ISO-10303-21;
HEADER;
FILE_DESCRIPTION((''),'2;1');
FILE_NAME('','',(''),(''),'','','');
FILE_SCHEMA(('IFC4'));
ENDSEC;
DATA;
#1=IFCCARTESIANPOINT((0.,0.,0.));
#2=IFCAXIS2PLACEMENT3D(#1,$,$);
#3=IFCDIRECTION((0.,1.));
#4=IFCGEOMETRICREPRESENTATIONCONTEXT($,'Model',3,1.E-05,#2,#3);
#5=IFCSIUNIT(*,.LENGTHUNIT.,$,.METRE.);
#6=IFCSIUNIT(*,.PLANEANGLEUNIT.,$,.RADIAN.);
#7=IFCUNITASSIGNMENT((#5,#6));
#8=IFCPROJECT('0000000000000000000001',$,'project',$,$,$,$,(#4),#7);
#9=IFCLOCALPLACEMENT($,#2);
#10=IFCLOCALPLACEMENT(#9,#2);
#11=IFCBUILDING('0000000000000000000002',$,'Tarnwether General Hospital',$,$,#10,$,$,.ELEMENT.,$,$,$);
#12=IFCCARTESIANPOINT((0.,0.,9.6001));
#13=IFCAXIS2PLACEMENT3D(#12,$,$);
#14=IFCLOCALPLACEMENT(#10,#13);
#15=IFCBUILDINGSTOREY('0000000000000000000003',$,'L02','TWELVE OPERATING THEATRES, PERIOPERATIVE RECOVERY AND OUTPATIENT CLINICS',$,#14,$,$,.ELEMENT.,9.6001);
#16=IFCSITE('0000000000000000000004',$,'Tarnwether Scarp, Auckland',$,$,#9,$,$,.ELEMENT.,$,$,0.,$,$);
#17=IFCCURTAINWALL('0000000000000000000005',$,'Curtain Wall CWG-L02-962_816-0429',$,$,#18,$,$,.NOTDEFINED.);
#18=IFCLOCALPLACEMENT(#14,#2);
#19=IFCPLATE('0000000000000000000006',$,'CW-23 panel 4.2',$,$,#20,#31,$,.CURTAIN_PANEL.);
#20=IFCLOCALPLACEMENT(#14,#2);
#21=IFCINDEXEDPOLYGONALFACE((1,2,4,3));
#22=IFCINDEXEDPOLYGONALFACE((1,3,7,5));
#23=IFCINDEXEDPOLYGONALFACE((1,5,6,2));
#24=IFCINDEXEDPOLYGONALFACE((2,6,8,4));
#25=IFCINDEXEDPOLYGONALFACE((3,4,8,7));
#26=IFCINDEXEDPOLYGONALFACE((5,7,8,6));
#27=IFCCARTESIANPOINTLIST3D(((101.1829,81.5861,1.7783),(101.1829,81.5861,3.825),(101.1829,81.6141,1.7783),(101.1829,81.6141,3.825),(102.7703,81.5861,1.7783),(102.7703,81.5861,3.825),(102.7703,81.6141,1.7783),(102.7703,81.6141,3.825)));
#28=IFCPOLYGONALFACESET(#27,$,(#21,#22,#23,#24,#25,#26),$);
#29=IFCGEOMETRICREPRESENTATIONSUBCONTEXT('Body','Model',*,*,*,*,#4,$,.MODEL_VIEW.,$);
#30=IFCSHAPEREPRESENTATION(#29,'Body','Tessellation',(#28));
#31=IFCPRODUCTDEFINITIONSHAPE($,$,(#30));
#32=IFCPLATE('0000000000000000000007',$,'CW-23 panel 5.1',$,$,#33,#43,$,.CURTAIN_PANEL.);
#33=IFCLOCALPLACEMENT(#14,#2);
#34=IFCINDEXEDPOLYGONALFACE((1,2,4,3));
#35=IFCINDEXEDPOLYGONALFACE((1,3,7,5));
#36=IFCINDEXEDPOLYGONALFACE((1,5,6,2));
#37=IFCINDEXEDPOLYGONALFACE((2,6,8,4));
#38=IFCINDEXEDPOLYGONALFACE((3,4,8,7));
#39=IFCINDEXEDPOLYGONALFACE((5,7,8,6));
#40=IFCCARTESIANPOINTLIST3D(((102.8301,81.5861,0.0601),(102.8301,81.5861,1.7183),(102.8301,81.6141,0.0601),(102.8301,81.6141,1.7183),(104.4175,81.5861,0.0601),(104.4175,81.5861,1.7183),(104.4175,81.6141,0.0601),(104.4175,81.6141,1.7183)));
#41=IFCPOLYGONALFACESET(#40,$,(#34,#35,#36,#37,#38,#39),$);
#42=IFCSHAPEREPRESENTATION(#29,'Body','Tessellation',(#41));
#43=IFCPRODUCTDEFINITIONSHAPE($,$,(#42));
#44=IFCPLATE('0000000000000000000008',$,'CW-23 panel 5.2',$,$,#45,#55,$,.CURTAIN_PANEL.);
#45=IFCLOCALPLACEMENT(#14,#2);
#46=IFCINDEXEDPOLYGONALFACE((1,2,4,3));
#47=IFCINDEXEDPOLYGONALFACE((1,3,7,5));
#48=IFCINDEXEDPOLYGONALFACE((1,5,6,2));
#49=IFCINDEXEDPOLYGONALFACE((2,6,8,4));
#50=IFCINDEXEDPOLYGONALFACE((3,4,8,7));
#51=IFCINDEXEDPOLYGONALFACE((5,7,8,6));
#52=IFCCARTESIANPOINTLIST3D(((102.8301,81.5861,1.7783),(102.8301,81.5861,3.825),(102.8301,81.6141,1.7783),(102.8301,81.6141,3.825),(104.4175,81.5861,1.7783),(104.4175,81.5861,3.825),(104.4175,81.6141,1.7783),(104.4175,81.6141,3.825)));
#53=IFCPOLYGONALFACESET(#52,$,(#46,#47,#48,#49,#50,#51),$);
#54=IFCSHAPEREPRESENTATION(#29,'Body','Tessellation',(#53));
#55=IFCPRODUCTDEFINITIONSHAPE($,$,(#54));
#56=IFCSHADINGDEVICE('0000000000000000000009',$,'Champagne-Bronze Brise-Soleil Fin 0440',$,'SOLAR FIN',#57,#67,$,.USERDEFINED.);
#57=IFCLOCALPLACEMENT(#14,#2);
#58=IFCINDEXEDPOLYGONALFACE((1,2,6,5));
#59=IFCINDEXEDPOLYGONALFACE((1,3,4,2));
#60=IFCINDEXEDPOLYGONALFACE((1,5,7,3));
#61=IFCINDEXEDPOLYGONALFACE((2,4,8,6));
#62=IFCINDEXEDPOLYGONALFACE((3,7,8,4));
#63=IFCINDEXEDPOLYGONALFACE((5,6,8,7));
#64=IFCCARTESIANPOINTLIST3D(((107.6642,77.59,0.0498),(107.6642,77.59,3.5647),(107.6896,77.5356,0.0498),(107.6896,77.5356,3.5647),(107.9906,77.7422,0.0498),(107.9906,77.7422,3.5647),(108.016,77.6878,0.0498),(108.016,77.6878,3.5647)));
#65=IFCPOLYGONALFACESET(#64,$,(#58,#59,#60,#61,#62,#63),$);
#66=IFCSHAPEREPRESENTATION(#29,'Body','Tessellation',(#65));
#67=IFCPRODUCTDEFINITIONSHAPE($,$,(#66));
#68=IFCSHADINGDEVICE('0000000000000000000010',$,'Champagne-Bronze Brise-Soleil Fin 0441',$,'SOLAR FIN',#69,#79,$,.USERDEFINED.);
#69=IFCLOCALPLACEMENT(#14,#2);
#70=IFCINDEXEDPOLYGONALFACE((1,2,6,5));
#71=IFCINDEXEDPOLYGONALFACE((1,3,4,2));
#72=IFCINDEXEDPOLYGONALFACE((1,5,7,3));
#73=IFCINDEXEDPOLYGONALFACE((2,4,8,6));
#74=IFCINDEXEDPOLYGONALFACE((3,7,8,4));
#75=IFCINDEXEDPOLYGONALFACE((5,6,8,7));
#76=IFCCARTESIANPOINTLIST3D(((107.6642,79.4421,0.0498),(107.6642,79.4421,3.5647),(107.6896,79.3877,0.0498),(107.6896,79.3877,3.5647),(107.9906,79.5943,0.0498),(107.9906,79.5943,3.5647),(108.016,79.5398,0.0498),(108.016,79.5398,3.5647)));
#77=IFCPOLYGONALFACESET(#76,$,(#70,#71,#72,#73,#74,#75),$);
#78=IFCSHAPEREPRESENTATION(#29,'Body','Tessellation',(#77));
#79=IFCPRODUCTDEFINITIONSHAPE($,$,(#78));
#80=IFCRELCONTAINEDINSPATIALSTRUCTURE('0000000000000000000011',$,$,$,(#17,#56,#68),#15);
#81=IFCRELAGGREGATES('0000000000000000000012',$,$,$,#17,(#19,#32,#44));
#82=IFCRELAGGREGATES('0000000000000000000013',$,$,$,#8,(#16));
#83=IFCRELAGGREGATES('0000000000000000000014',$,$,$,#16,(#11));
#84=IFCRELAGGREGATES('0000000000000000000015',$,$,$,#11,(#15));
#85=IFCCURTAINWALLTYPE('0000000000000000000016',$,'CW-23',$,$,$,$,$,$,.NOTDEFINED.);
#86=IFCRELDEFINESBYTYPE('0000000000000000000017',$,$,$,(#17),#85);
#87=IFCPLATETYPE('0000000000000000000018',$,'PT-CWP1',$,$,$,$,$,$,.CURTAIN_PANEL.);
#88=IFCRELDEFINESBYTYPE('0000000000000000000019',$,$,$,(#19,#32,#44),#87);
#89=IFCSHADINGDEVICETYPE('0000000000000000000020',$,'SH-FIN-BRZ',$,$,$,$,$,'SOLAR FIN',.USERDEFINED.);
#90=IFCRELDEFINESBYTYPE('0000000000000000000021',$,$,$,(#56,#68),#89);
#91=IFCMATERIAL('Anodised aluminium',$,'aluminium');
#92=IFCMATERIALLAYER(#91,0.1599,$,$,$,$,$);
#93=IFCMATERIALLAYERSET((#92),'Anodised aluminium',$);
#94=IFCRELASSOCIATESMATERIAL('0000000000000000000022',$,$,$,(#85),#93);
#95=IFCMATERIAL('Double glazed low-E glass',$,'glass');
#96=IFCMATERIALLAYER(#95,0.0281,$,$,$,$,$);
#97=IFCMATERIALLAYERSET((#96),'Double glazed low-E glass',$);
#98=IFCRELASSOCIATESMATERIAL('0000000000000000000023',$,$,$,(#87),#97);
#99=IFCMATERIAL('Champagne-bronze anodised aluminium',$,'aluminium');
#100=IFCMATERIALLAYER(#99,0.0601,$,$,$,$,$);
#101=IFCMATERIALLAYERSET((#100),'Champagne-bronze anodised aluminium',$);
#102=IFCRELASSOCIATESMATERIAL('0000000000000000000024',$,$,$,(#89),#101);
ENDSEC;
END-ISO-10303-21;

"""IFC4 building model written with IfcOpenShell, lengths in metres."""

from ifc_helpers import new_model, si_unit, direction, frame, origin, origin_2d, place, context, subcontext, project, spatial, rectangle, extrude, material, layer, layer_set, type_object, element, aggregate, save


model = new_model("IFC4")

# Units and contexts
model_context = context("Model", 3, precision=1e-05, world=origin(), true_north=direction((0.0, 1.0)))
body_context = subcontext(model_context, "Body", "Model", "MODEL_VIEW")
ifc_project = project(units=[si_unit("LENGTHUNIT", "METRE"), si_unit("PLANEANGLEUNIT", "RADIAN")], contexts=[model_context])

# Site, building, storey
site_placement = place(None, origin())
site = spatial("IfcSite", under=ifc_project, at=site_placement, Name="Tarnwether Scarp, Auckland", CompositionType="ELEMENT", RefElevation=0.0)
building_placement = place(site_placement, origin())
building = spatial("IfcBuilding", under=site, at=building_placement, Name="Tarnwether General Hospital", CompositionType="ELEMENT")
storey_placement = place(building_placement, frame((0.0, 0.0, 9.6001)))
storey = spatial("IfcBuildingStorey", under=building, at=storey_placement, Name="L02", Description="TWELVE OPERATING THEATRES, PERIOPERATIVE RECOVERY AND OUTPATIENT CLINICS", CompositionType="ELEMENT", Elevation=9.6001)

# Curtain wall
ifc_material_1 = material(Name="Anodised aluminium", Category="aluminium")
ifc_layer_1 = layer(ifc_material_1, 0.1599)
ifc_layer_set_1 = layer_set([ifc_layer_1], Name="Anodised aluminium")
curtain_wall_type_1 = type_object("IfcCurtainWallType", Name="CW-23", PredefinedType="NOTDEFINED", material=ifc_layer_set_1)
curtain_wall_1_placement = place(storey_placement, origin())
curtain_wall_1 = element("IfcCurtainWall", 1, at=curtain_wall_1_placement, inside=storey, type_object=curtain_wall_type_1, Name="Curtain Wall CWG-L02-962_816-0429", PredefinedType="NOTDEFINED")

# Plates
ifc_material_2 = material(Name="Double glazed low-E glass", Category="glass")
ifc_layer_2 = layer(ifc_material_2, 0.0281)
ifc_layer_set_2 = layer_set([ifc_layer_2], Name="Double glazed low-E glass")
plate_type = type_object("IfcPlateType", Name="PT-CWP1", PredefinedType="CURTAIN_PANEL", material=ifc_layer_set_2)
plate_1_placement = place(storey_placement, frame((101.9766, 81.6001, 1.7783), z_axis=(0.0, 0.0, 1.0), x_axis=(1.0, 0.0, 0.0)))
plate_1 = element("IfcPlate", 2, at=plate_1_placement, type_object=plate_type, Name="CW-23 panel 4.2", PredefinedType="CURTAIN_PANEL", context=body_context, shape_type="SweptSolid", body=[
    extrude(rectangle(XDim=1.5874, YDim=0.0281, at=origin_2d()), origin(), (0.0, 0.0, 1.0), 2.0466),
])
plate_2_placement = place(storey_placement, frame((103.6238, 81.6001, 0.0601), z_axis=(0.0, 0.0, 1.0), x_axis=(1.0, 0.0, 0.0)))
plate_2 = element("IfcPlate", 3, at=plate_2_placement, type_object=plate_type, Name="CW-23 panel 5.1", PredefinedType="CURTAIN_PANEL", context=body_context, shape_type="SweptSolid", body=[
    extrude(rectangle(XDim=1.5874, YDim=0.0281, at=origin_2d()), origin(), (0.0, 0.0, 1.0), 1.6582),
])
plate_3_placement = place(storey_placement, frame((103.6238, 81.6001, 1.7783), z_axis=(0.0, 0.0, 1.0), x_axis=(1.0, 0.0, 0.0)))
plate_3 = element("IfcPlate", 4, at=plate_3_placement, type_object=plate_type, Name="CW-23 panel 5.2", PredefinedType="CURTAIN_PANEL", context=body_context, shape_type="SweptSolid", body=[
    extrude(rectangle(XDim=1.5874, YDim=0.0281, at=origin_2d()), origin(), (0.0, 0.0, 1.0), 2.0466),
])
aggregate(curtain_wall_1, [plate_1, plate_2, plate_3])

# Shading devices
ifc_material_3 = material(Name="Champagne-bronze anodised aluminium", Category="aluminium")
ifc_layer_3 = layer(ifc_material_3, 0.0601)
ifc_layer_set_3 = layer_set([ifc_layer_3], Name="Champagne-bronze anodised aluminium")
shading_device_type = type_object("IfcShadingDeviceType", Name="SH-FIN-BRZ", ElementType="SOLAR FIN", PredefinedType="USERDEFINED", material=ifc_layer_set_3)
for number, where, z_axis, x_axis, name in (
    (5, (107.8401, 77.6389, 0.0498), (0.0, 0.0, 1.0), (-0.422618, 0.906308, 0.0), "Champagne-Bronze Brise-Soleil Fin 0440"),
    (6, (107.8401, 79.491, 0.0498), (0.0, 0.0, 1.0), (-0.422618, 0.906308, 0.0), "Champagne-Bronze Brise-Soleil Fin 0441"),
):
    element("IfcShadingDevice", number, at=place(storey_placement, frame(where, z_axis=z_axis, x_axis=x_axis)), inside=storey, type_object=shading_device_type, Name=name, ObjectType="SOLAR FIN", PredefinedType="USERDEFINED", context=body_context, shape_type="SweptSolid", body=[
        extrude(rectangle(XDim=0.0601, YDim=0.3601, at=origin_2d()), origin(), (0.0, 0.0, 1.0), 3.5149),
    ])

save(model, "model.ifc")
